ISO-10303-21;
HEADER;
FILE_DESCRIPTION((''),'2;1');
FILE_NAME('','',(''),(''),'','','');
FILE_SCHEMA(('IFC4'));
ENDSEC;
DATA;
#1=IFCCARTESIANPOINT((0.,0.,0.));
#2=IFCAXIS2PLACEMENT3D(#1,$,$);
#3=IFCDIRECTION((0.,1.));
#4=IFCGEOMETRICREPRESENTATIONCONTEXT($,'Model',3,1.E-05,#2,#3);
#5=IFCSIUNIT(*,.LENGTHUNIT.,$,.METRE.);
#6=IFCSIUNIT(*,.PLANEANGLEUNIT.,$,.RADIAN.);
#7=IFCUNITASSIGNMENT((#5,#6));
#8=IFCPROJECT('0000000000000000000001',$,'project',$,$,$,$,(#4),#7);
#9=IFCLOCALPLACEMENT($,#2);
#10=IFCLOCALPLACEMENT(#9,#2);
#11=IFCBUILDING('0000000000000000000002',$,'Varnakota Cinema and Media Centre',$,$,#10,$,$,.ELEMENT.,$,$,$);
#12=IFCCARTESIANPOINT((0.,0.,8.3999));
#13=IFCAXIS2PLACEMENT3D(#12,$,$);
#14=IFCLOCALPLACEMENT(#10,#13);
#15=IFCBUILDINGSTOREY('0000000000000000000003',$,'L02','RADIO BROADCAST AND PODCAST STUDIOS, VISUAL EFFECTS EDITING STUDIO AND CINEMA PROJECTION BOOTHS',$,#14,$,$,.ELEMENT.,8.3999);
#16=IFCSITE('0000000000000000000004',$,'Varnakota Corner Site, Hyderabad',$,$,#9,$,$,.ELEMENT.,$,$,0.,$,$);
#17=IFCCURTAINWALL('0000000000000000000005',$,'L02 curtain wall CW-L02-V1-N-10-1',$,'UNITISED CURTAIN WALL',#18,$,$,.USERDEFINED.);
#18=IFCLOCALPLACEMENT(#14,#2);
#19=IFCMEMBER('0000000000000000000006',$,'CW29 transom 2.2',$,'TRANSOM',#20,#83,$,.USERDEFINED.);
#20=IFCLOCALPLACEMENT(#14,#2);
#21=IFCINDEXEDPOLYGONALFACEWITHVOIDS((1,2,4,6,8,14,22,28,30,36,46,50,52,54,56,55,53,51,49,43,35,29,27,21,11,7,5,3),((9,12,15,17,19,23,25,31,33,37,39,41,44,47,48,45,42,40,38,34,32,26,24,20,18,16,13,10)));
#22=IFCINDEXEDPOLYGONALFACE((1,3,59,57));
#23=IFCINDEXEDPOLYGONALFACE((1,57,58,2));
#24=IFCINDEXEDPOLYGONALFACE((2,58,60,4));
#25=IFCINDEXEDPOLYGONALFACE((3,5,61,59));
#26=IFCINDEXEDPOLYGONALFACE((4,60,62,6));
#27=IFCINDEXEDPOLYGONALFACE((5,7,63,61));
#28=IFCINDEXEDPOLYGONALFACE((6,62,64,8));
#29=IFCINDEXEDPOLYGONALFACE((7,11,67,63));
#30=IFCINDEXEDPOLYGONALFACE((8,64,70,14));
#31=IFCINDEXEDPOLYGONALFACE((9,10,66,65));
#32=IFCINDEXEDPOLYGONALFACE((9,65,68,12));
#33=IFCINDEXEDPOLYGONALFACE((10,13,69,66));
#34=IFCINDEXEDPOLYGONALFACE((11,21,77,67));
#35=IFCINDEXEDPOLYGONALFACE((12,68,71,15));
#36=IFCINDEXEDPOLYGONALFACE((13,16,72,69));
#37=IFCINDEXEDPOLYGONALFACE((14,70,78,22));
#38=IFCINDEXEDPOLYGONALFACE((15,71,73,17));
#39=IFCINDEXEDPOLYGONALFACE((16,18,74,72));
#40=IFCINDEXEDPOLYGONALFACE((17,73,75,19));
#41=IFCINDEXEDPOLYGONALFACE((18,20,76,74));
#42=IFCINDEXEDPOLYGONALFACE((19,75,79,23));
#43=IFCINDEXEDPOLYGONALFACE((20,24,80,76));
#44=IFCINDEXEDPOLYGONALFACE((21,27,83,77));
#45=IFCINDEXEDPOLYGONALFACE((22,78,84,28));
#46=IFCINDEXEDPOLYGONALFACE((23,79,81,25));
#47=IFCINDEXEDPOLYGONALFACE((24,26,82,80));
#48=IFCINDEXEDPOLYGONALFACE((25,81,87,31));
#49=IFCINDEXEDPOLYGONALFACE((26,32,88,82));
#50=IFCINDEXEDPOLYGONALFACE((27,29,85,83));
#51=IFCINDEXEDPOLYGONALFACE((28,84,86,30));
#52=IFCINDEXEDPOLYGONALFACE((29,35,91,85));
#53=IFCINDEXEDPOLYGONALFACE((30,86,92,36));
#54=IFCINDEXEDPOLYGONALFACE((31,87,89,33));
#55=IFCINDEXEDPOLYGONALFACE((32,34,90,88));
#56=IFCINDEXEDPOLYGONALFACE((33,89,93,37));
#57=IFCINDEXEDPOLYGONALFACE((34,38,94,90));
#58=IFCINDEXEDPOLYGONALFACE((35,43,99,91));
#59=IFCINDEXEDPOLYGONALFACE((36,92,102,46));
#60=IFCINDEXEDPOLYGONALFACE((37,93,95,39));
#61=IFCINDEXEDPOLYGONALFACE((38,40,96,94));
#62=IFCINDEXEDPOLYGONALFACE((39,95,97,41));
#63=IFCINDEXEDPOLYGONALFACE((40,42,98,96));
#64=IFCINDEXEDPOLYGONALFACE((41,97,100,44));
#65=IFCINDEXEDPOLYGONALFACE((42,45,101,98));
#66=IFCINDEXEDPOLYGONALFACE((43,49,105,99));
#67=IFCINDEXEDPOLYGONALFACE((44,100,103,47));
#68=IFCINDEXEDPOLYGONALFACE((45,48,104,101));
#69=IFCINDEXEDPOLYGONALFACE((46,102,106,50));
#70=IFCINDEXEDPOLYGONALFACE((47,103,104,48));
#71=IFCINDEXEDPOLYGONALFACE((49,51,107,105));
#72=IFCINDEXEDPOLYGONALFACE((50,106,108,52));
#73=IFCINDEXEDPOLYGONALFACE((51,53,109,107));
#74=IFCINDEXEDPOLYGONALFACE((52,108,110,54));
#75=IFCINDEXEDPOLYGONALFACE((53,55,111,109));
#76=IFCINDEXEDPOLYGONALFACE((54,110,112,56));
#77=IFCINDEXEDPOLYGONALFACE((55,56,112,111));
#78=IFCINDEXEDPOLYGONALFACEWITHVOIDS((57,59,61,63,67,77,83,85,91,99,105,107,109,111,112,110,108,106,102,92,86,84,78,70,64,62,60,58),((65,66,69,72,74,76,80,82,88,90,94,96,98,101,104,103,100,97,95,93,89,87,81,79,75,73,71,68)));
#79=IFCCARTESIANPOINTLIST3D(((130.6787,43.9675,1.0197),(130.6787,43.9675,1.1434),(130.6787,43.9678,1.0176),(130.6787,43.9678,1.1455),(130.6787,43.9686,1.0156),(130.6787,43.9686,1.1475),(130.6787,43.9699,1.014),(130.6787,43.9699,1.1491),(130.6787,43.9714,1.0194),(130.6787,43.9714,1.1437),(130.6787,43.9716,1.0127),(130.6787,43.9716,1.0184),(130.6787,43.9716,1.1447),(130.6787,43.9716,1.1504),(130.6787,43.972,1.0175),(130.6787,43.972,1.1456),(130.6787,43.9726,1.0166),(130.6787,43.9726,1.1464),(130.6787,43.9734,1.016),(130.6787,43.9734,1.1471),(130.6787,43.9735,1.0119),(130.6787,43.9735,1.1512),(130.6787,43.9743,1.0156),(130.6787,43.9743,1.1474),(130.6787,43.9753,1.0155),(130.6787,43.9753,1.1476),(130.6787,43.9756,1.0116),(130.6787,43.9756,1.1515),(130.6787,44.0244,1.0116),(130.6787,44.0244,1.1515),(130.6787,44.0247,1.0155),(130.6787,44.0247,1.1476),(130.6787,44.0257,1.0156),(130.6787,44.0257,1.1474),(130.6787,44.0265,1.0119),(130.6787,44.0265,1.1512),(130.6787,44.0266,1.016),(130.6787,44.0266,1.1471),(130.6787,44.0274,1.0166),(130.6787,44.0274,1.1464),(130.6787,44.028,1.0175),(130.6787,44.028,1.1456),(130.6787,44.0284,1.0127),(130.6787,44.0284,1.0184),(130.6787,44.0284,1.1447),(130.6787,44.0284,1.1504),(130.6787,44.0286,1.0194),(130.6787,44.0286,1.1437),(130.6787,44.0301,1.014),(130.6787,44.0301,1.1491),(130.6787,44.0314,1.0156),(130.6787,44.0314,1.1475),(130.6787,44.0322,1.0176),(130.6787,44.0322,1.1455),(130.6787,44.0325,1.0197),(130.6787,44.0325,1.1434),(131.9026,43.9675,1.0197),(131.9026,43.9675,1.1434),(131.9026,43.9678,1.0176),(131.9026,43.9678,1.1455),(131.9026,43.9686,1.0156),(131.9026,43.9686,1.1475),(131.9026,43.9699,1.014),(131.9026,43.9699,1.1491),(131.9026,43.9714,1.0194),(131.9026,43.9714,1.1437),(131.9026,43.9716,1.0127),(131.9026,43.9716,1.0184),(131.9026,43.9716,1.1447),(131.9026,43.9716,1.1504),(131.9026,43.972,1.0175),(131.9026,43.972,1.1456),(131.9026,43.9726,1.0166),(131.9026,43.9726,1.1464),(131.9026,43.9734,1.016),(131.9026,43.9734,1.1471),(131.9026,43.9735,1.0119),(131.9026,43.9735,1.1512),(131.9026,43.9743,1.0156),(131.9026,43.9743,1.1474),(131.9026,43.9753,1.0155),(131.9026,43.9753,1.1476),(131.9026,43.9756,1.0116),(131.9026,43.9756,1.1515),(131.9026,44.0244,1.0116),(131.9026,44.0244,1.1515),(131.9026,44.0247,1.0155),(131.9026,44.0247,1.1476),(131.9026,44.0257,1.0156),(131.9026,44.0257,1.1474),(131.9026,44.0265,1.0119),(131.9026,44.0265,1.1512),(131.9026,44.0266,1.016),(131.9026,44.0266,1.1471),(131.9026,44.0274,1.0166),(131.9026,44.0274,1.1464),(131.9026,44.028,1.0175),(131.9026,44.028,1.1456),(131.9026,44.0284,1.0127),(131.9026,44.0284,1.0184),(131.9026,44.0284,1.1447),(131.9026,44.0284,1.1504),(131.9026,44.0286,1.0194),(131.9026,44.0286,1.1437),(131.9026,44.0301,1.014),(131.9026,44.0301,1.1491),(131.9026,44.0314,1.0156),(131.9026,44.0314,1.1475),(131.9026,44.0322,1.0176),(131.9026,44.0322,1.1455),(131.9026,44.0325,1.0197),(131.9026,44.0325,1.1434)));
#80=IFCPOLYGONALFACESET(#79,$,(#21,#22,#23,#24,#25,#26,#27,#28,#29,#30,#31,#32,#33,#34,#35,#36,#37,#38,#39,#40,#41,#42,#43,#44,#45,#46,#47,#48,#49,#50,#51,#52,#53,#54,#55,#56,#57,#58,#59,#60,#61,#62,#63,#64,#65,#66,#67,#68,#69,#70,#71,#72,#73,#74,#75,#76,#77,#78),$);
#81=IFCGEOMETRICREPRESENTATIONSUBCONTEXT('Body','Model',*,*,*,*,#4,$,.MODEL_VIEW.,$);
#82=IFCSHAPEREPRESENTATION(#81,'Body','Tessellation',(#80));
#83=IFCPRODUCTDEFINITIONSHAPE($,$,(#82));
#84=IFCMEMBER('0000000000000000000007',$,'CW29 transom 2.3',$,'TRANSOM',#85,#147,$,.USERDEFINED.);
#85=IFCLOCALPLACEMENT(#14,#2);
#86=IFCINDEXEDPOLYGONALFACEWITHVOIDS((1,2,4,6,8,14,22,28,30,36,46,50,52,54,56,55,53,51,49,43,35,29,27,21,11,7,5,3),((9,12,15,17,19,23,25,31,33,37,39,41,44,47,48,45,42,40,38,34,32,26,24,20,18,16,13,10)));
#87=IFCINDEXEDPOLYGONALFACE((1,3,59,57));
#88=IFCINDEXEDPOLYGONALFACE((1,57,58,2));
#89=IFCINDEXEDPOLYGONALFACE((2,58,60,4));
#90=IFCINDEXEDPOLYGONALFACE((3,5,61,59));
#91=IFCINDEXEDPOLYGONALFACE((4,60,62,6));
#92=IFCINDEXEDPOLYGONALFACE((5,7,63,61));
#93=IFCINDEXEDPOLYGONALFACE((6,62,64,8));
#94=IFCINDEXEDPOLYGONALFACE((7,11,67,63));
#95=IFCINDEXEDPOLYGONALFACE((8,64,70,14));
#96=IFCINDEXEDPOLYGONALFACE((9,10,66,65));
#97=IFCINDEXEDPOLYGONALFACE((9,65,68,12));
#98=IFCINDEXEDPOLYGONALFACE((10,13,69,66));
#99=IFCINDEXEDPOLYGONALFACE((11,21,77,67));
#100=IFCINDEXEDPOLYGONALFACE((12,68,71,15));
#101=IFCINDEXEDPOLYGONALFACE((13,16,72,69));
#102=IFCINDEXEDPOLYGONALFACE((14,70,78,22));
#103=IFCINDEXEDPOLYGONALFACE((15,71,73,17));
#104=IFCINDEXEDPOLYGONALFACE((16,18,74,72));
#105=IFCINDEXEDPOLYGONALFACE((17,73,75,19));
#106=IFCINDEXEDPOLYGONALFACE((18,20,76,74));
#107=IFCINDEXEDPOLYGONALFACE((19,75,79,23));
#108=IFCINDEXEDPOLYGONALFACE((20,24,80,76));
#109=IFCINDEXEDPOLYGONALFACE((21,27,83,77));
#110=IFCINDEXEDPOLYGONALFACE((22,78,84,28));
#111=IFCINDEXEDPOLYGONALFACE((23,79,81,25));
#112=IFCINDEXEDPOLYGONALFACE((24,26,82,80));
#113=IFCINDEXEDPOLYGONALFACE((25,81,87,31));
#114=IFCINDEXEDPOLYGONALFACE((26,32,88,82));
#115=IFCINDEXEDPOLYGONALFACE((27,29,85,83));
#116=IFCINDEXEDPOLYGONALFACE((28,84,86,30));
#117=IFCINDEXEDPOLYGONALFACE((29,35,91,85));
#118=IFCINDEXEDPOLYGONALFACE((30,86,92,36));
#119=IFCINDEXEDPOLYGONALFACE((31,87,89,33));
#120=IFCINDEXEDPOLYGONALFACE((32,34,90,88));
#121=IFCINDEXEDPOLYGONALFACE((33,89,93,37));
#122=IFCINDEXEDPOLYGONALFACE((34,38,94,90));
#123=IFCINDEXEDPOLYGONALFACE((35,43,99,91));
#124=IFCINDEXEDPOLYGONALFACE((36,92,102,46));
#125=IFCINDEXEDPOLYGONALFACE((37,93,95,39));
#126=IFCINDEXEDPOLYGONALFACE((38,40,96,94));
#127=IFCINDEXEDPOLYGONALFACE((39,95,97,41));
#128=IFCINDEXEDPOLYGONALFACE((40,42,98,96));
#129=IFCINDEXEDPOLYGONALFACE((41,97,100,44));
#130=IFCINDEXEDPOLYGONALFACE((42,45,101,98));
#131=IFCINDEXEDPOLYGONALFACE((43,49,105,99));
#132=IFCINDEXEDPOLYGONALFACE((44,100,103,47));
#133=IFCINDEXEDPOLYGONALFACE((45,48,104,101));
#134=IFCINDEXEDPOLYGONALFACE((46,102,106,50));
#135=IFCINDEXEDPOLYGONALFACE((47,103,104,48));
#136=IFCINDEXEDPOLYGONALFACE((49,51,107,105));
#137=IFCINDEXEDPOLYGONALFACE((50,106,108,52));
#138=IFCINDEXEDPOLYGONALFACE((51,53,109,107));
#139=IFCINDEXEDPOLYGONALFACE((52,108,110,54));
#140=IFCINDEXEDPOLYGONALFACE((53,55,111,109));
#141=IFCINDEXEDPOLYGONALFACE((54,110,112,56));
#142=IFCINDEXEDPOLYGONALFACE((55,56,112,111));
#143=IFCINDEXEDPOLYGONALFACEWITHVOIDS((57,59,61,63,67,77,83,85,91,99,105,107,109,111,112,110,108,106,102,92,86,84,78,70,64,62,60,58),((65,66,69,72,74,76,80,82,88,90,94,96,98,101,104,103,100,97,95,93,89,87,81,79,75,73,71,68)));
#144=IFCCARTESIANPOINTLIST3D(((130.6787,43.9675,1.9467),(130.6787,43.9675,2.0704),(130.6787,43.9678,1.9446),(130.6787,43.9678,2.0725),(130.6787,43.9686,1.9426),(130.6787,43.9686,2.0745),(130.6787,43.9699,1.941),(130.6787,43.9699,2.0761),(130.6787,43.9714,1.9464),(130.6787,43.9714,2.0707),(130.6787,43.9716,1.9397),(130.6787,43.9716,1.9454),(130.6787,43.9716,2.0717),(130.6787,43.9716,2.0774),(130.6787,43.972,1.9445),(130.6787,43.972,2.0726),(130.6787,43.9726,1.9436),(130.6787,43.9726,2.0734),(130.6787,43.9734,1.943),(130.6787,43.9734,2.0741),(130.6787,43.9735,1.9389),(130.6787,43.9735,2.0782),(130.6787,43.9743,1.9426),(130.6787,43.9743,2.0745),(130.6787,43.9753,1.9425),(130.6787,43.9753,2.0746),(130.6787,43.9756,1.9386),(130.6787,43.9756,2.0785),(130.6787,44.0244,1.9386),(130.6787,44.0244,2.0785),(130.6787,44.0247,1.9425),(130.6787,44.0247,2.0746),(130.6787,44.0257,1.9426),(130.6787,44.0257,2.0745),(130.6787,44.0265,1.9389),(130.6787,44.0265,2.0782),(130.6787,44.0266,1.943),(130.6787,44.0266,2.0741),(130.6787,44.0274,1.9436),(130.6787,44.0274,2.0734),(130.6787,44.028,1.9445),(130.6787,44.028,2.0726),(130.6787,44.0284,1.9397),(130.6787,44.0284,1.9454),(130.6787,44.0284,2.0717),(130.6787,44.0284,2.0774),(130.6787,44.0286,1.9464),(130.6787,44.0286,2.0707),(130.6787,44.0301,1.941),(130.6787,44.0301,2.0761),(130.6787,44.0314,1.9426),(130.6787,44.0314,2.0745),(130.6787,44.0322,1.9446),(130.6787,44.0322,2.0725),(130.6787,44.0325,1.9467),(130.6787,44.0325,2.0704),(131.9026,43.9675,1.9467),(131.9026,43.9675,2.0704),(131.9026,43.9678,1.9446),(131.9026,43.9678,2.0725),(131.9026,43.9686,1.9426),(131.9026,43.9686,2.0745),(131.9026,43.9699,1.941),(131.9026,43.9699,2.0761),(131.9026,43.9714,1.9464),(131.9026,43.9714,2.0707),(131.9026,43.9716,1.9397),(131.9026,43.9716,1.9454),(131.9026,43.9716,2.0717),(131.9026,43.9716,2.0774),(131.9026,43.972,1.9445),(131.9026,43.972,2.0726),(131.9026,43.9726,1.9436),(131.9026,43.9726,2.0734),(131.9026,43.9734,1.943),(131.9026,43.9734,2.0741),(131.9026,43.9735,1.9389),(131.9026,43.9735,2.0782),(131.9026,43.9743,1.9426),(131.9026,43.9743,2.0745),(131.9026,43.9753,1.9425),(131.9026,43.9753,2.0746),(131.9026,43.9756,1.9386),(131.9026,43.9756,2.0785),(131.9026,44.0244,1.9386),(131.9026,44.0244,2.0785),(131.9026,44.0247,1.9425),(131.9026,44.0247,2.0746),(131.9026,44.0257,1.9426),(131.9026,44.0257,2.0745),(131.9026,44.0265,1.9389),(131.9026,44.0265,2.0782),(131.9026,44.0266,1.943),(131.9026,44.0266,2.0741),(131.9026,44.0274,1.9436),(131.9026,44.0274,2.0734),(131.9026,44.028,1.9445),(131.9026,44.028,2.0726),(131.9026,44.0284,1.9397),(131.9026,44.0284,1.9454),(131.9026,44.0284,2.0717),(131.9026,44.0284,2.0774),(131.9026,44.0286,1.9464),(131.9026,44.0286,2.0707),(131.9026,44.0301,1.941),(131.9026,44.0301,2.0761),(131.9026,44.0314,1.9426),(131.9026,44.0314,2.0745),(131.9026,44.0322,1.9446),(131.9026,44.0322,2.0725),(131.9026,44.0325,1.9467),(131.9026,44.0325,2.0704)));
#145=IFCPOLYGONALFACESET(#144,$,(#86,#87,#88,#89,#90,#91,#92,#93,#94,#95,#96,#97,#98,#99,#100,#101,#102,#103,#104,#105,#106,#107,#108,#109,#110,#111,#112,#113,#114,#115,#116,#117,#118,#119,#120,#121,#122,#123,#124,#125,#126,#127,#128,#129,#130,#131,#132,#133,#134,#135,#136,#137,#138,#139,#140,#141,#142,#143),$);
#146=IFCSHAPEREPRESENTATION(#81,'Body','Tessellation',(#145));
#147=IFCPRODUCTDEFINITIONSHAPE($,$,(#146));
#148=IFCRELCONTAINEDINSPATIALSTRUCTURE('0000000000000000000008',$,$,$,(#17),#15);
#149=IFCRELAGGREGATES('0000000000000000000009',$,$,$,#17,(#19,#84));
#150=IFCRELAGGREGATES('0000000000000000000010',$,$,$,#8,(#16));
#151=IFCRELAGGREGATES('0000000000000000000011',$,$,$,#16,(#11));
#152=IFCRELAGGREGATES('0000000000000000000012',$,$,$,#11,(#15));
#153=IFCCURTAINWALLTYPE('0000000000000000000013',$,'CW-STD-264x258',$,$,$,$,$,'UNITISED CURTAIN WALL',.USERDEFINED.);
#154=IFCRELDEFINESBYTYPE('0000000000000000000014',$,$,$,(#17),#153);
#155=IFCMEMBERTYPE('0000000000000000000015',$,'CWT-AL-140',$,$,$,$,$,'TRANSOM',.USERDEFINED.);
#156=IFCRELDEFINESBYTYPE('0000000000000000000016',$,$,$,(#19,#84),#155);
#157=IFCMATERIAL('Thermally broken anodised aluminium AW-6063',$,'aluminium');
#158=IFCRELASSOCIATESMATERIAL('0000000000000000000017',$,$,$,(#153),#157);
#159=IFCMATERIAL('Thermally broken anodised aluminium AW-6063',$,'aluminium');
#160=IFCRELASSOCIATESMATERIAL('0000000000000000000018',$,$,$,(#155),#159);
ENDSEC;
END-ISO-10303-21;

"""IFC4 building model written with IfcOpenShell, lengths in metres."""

from ifc_helpers import new_model, si_unit, direction, frame, origin, origin_2d, place, context, subcontext, project, spatial, hollow_rectangle, extrude, material, material_profile, profile_set, type_object, element, aggregate, save


model = new_model("IFC4")

# Units and contexts
model_context = context("Model", 3, precision=1e-05, world=origin(), true_north=direction((0.0, 1.0)))
body_context = subcontext(model_context, "Body", "Model", "MODEL_VIEW")
ifc_project = project(units=[si_unit("LENGTHUNIT", "METRE"), si_unit("PLANEANGLEUNIT", "RADIAN")], contexts=[model_context])

# Site, building, storey
site_placement = place(None, origin())
site = spatial("IfcSite", under=ifc_project, at=site_placement, Name="Varnakota Corner Site, Hyderabad", CompositionType="ELEMENT", RefElevation=0.0)
building_placement = place(site_placement, origin())
building = spatial("IfcBuilding", under=site, at=building_placement, Name="Varnakota Cinema and Media Centre", CompositionType="ELEMENT")
storey_placement = place(building_placement, frame((0.0, 0.0, 8.3999)))
storey = spatial("IfcBuildingStorey", under=building, at=storey_placement, Name="L02", Description="RADIO BROADCAST AND PODCAST STUDIOS, VISUAL EFFECTS EDITING STUDIO AND CINEMA PROJECTION BOOTHS", CompositionType="ELEMENT", Elevation=8.3999)

# Shared definitions
ifc_material_1 = material(Name="Thermally broken anodised aluminium AW-6063", Category="aluminium")
curtain_wall_type = type_object("IfcCurtainWallType", Name="CW-STD-264x258", ElementType="UNITISED CURTAIN WALL", PredefinedType="USERDEFINED", material=ifc_material_1)

# Curtain wall
curtain_wall_1_placement = place(storey_placement, origin())
curtain_wall_1 = element("IfcCurtainWall", 1, at=curtain_wall_1_placement, inside=storey, type_object=curtain_wall_type, Name="L02 curtain wall CW-L02-V1-N-10-1", ObjectType="UNITISED CURTAIN WALL", PredefinedType="USERDEFINED")

# Members
ifc_material_2 = material(Name="Thermally broken anodised aluminium AW-6063", Category="aluminium")
ifc_material_profile_1 = material_profile(ifc_material_2, hollow_rectangle(XDim=0.0649, YDim=0.1399, WallThickness=0.0039, InnerFilletRadius=0.0039, OuterFilletRadius=0.0081, at=origin_2d()), Name="AL-TRANSOM 140x65x4")
ifc_profile_set_1 = profile_set([ifc_material_profile_1], Name="Thermally broken anodised aluminium AW-6063")
member_type_1 = type_object("IfcMemberType", Name="CWT-AL-140", ElementType="TRANSOM", PredefinedType="USERDEFINED", material=ifc_profile_set_1)
member_1_placement = place(storey_placement, frame((130.6787, 44.0, 1.0815), z_axis=(1.0, 0.0, 0.0), x_axis=(0.0, 1.0, 0.0)))
member_1 = element("IfcMember", 2, at=member_1_placement, type_object=member_type_1, Name="CW29 transom 2.2", ObjectType="TRANSOM", PredefinedType="USERDEFINED", context=body_context, shape_type="SweptSolid", body=[
    extrude(hollow_rectangle(XDim=0.0649, YDim=0.1399, WallThickness=0.0039, InnerFilletRadius=0.0039, OuterFilletRadius=0.0081, at=origin_2d()), origin(), (0.0, 0.0, 1.0), 1.2239),
])
member_2_placement = place(storey_placement, frame((130.6787, 44.0, 2.0085), z_axis=(1.0, 0.0, 0.0), x_axis=(0.0, 1.0, 0.0)))
member_2 = element("IfcMember", 3, at=member_2_placement, type_object=member_type_1, Name="CW29 transom 2.3", ObjectType="TRANSOM", PredefinedType="USERDEFINED", context=body_context, shape_type="SweptSolid", body=[
    extrude(hollow_rectangle(XDim=0.0649, YDim=0.1399, WallThickness=0.0039, InnerFilletRadius=0.0039, OuterFilletRadius=0.0081, at=origin_2d()), origin(), (0.0, 0.0, 1.0), 1.2239),
])

aggregate(curtain_wall_1, [member_1, member_2])

save(model, "model.ifc")
